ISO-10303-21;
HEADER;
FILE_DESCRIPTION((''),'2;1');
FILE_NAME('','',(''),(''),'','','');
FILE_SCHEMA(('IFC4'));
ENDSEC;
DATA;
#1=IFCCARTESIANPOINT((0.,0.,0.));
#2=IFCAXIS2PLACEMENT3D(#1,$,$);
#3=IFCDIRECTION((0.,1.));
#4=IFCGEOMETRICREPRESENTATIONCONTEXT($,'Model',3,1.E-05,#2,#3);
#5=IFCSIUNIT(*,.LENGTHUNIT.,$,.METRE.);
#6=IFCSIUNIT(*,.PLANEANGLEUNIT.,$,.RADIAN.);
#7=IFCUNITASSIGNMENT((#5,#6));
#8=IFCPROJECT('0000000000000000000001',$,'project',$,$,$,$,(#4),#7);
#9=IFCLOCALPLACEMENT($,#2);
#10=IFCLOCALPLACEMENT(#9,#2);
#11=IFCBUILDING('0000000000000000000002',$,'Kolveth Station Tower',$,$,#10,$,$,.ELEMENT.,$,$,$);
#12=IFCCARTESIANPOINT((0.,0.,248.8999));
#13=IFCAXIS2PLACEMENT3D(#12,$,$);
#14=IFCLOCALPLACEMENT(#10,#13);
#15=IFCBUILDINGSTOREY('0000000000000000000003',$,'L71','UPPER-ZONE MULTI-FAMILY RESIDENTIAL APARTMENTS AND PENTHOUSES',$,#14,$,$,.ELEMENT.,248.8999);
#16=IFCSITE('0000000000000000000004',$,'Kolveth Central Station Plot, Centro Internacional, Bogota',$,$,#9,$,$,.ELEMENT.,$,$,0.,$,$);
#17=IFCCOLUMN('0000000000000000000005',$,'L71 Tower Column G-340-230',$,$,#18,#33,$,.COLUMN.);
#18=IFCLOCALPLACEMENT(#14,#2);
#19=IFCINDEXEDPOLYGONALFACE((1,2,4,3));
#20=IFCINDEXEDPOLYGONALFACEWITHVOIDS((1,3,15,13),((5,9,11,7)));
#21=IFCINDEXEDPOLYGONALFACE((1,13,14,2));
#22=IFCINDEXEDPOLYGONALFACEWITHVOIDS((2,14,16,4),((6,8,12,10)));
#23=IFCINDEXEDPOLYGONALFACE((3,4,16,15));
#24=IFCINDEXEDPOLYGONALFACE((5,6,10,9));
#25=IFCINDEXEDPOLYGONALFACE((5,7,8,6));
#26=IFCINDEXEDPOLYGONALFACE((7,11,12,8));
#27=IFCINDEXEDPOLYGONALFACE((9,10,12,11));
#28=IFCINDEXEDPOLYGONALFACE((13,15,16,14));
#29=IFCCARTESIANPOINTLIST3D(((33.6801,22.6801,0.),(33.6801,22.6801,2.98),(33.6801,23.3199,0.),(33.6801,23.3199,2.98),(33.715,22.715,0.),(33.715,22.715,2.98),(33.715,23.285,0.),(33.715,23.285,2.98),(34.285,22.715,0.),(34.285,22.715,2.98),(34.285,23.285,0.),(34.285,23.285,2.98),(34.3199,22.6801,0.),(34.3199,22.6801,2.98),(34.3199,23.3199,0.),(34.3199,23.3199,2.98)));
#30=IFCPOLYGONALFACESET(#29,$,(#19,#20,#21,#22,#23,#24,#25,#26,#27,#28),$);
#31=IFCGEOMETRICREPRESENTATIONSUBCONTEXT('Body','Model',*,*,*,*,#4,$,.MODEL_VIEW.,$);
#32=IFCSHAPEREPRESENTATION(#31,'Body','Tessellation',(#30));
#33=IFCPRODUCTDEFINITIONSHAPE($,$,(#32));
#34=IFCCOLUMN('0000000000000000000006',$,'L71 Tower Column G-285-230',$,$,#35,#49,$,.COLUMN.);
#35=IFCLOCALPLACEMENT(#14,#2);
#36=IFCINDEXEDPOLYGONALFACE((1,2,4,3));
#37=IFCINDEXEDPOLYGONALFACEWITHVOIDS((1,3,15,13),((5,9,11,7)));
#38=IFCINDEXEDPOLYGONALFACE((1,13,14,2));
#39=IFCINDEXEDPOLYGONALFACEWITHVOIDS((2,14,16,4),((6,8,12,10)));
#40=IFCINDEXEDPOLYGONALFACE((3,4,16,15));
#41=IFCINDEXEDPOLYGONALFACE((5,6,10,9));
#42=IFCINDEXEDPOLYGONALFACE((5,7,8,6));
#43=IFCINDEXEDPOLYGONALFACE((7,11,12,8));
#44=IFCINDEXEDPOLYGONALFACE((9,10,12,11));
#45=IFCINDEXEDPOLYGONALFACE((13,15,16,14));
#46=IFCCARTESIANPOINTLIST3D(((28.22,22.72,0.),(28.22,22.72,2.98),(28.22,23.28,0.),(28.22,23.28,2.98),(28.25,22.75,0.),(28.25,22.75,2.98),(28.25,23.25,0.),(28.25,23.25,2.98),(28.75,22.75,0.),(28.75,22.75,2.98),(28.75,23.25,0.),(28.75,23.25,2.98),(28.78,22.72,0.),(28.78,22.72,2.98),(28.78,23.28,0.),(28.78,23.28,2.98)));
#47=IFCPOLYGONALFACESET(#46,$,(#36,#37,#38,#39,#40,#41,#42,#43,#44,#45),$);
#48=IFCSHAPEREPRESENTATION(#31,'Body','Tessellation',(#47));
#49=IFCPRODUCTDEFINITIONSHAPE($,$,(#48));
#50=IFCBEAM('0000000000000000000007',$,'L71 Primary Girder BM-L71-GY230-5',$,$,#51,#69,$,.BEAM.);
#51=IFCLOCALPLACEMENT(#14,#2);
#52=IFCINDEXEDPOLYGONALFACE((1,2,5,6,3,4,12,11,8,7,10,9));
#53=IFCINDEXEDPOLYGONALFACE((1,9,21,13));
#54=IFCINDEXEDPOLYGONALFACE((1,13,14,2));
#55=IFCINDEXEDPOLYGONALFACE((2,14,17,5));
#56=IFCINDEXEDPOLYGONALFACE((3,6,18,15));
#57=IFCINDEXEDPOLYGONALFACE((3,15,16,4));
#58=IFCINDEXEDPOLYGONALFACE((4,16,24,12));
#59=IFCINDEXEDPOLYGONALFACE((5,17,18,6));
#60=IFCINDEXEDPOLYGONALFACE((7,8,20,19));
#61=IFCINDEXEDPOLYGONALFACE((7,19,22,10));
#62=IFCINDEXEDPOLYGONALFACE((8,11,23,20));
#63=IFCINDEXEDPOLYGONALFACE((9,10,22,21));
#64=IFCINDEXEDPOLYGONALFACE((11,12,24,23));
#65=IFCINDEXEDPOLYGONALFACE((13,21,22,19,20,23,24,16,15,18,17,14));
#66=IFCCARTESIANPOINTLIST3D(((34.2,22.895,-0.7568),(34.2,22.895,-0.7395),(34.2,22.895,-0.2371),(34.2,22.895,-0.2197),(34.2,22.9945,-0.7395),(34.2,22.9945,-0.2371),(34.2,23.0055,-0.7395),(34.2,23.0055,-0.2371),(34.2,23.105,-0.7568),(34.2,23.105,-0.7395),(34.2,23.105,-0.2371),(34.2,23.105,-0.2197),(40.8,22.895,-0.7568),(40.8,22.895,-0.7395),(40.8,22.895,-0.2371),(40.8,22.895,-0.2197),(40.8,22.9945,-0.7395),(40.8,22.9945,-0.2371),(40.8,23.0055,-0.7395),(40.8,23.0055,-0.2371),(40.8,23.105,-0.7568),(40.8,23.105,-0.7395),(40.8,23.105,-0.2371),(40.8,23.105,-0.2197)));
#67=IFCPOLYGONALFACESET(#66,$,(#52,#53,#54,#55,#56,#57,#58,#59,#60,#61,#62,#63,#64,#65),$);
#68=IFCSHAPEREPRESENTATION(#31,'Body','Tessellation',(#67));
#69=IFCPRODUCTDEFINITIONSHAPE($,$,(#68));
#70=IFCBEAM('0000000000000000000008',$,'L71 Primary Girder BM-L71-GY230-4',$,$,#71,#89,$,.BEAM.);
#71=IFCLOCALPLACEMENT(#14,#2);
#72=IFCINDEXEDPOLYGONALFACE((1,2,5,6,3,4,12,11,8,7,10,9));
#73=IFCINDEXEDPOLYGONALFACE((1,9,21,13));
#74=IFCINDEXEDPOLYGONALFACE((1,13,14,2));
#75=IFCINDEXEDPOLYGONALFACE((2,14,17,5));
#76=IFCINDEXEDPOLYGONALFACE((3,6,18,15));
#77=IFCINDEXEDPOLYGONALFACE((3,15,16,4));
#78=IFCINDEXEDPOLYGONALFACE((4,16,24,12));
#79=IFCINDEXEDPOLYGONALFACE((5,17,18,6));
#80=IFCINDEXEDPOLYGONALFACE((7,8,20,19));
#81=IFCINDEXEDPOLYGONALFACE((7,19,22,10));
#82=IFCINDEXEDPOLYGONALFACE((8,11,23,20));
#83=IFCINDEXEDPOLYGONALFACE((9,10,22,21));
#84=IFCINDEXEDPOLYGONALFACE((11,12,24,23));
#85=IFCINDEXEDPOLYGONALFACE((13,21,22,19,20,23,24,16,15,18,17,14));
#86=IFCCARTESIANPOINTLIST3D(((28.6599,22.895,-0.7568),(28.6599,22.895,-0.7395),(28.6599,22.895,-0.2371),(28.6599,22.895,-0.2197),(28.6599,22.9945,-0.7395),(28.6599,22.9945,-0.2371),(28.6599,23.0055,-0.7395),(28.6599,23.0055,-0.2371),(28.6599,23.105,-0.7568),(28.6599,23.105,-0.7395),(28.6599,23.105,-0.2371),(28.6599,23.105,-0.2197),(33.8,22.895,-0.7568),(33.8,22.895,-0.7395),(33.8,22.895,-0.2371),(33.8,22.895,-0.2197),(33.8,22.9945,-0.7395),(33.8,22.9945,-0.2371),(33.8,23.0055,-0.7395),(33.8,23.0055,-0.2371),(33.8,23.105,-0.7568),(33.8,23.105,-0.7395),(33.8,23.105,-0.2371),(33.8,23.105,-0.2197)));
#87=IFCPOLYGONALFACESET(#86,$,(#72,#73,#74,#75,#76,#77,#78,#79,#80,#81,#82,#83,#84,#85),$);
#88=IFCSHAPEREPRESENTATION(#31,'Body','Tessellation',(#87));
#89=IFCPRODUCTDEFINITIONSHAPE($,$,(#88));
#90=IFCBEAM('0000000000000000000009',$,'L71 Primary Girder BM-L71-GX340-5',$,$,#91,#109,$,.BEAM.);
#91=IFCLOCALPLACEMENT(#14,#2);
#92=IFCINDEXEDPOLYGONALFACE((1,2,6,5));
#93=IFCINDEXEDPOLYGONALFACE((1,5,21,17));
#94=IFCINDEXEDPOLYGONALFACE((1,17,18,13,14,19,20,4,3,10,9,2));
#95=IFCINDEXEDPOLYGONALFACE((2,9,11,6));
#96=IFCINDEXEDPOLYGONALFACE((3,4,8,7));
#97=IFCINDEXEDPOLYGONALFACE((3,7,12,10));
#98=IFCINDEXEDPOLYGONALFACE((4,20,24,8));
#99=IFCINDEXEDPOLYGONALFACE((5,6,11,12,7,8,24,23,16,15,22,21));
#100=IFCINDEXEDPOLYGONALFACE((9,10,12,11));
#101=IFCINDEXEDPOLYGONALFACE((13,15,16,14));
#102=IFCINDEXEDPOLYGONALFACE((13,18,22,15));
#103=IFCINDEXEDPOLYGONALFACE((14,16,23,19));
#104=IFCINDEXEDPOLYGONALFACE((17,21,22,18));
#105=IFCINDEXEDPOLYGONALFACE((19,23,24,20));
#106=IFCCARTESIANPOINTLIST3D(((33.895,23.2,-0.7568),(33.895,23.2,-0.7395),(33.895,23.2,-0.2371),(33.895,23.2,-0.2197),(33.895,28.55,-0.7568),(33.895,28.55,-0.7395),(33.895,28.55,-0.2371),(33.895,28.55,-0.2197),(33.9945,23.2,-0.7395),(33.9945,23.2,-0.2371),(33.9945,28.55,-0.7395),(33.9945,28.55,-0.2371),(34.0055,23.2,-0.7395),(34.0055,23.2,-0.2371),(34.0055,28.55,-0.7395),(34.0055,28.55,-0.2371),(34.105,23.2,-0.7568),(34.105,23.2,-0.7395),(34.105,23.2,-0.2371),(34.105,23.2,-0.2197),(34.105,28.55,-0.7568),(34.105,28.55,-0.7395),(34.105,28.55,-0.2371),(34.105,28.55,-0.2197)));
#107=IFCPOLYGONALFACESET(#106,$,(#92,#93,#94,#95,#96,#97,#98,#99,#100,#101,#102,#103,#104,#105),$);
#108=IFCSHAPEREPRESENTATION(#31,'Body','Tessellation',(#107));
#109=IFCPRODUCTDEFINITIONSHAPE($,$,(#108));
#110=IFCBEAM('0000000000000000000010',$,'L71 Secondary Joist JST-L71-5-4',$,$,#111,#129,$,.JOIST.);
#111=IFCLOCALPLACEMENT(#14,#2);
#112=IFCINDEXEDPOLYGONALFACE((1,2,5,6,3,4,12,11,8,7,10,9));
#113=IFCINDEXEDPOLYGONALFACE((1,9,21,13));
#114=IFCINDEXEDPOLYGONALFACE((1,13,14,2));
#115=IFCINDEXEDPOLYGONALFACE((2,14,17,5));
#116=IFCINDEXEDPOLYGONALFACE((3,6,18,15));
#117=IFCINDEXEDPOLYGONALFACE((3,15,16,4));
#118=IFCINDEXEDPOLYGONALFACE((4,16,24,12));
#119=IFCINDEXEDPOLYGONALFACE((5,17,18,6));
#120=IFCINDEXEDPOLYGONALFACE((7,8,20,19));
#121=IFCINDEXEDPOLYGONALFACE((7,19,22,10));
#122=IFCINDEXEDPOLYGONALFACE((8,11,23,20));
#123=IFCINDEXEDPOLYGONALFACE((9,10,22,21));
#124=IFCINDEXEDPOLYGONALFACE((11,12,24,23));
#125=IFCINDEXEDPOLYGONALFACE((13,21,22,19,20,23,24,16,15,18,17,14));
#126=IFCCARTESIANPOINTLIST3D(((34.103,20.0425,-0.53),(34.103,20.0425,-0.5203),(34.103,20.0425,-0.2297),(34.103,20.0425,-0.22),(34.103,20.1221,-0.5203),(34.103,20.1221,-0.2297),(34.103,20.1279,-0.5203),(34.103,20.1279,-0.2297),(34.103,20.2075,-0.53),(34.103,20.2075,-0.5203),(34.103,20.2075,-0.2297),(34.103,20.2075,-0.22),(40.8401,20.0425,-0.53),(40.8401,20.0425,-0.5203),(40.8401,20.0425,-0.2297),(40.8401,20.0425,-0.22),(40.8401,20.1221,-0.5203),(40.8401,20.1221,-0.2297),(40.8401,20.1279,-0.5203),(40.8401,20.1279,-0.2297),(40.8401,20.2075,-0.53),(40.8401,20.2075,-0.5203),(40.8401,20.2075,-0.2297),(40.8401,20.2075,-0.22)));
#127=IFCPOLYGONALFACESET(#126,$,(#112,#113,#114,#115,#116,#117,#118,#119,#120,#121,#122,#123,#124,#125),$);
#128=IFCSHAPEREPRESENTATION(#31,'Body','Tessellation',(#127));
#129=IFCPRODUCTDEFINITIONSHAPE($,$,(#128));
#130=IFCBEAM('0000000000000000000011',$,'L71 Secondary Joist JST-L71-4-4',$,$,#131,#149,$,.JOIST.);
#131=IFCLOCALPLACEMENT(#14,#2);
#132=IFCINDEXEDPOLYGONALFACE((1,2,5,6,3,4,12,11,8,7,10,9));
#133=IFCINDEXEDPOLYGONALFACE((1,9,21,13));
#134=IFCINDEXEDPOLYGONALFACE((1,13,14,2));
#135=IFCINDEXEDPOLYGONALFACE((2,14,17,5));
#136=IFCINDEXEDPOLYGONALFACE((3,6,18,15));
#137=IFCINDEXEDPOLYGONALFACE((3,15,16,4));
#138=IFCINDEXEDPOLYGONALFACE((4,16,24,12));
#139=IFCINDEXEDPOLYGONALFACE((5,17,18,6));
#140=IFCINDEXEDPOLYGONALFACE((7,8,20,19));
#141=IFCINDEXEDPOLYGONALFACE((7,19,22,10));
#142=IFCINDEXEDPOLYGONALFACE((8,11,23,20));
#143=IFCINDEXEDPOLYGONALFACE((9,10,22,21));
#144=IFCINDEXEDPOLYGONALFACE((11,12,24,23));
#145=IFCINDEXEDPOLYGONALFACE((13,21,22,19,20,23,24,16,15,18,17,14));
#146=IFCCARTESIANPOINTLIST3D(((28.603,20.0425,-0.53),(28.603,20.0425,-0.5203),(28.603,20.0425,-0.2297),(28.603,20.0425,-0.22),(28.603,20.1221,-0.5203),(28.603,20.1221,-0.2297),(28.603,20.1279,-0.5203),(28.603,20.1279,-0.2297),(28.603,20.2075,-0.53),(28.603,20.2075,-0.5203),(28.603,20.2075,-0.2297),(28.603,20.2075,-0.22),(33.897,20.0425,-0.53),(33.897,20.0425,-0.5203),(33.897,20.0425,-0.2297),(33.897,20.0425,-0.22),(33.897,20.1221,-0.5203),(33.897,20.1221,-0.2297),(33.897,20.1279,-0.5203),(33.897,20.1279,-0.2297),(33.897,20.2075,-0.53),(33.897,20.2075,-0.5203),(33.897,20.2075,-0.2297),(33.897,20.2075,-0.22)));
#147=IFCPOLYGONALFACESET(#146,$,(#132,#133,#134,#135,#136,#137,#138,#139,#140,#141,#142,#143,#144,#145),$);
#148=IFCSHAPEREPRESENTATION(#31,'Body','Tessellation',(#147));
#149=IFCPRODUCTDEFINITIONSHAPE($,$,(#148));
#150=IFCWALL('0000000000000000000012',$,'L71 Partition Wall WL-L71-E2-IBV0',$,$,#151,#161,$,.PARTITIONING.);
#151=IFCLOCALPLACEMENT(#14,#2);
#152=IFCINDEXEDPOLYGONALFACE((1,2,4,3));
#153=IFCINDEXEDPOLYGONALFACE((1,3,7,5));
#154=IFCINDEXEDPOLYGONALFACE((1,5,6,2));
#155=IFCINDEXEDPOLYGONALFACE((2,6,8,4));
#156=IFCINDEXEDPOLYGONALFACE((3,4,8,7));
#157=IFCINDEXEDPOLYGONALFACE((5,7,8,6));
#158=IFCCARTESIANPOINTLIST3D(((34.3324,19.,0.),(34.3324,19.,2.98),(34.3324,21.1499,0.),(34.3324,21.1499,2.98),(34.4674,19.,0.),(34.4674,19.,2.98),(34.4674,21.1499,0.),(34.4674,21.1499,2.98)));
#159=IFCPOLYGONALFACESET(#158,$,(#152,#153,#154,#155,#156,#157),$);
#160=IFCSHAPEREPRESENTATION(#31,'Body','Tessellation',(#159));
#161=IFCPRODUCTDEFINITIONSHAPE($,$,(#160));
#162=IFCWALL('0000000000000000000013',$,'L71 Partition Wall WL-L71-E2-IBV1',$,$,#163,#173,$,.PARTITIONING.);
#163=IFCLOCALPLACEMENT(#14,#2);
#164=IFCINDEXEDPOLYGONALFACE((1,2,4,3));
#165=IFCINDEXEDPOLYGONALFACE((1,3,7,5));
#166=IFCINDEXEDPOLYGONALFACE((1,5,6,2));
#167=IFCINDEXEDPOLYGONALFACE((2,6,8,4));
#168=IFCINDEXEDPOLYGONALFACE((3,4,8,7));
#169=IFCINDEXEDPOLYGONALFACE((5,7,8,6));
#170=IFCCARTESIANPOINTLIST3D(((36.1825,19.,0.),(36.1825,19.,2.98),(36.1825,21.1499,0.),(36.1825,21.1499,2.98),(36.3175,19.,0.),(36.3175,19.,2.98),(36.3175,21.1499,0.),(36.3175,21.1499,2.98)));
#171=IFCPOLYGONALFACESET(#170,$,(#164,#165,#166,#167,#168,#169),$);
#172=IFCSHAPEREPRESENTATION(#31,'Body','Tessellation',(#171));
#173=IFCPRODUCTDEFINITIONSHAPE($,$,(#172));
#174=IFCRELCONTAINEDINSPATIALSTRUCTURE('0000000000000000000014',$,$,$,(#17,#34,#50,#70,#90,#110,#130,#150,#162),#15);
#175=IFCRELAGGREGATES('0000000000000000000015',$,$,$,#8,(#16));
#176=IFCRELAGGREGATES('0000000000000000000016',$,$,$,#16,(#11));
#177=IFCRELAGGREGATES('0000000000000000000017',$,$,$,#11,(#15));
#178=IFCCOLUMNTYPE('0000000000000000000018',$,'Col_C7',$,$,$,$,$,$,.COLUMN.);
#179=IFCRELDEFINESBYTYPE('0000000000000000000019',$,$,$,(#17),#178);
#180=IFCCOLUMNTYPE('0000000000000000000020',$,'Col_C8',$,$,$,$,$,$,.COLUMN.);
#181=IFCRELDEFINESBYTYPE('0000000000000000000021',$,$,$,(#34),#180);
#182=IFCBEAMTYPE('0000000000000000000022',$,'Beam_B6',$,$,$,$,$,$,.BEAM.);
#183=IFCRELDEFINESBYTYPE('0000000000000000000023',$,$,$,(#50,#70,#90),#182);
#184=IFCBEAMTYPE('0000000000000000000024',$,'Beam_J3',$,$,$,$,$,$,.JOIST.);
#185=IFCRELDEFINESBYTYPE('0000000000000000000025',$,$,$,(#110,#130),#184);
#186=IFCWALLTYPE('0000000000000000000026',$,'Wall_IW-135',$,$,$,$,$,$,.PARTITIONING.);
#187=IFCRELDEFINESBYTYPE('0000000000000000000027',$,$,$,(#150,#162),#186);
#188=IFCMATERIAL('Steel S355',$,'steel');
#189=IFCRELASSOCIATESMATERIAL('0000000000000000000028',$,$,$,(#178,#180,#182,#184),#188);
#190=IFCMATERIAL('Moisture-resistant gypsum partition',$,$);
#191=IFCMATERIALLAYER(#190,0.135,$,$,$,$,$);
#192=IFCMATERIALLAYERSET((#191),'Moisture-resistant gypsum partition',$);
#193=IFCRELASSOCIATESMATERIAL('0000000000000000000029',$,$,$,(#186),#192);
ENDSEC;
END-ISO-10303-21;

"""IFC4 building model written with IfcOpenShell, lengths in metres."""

from ifc_helpers import new_model, si_unit, direction, frame, frame_2d, origin, origin_2d, place, context, subcontext, project, spatial, rectangle, hollow_rectangle, i_section, extrude, source, transform, mapped, material, layer, layer_set, material_profile, profile_set, type_object, element, save


model = new_model("IFC4")

# Units and contexts
model_context = context("Model", 3, precision=1e-05, world=origin(), true_north=direction((0.0, 1.0)))
body_context = subcontext(model_context, "Body", "Model", "MODEL_VIEW")
ifc_project = project(units=[si_unit("LENGTHUNIT", "METRE"), si_unit("PLANEANGLEUNIT", "RADIAN")], contexts=[model_context])

# Site, building, storey
site_placement = place(None, origin())
site = spatial("IfcSite", under=ifc_project, at=site_placement, Name="Kolveth Central Station Plot, Centro Internacional, Bogota", CompositionType="ELEMENT", RefElevation=0.0)
building_placement = place(site_placement, origin())
building = spatial("IfcBuilding", under=site, at=building_placement, Name="Kolveth Station Tower", CompositionType="ELEMENT")
storey_placement = place(building_placement, frame((0.0, 0.0, 248.8999)))
storey = spatial("IfcBuildingStorey", under=building, at=storey_placement, Name="L71", Description="UPPER-ZONE MULTI-FAMILY RESIDENTIAL APARTMENTS AND PENTHOUSES", CompositionType="ELEMENT", Elevation=248.8999)

# Columns
ifc_material_1 = material(Name="Steel S355", Category="steel")
ifc_material_profile_1 = material_profile(ifc_material_1, hollow_rectangle(XDim=0.6399, YDim=0.6399, WallThickness=0.0349, at=origin_2d()), Name="BOX640x640x35")
ifc_profile_set_1 = profile_set([ifc_material_profile_1], Name="Steel S355")
column_type_1 = type_object("IfcColumnType", Name="Col_C7", PredefinedType="COLUMN", material=ifc_profile_set_1)
shared_shape_1 = source(origin(), body_context, "Body", "SweptSolid", [
    extrude(hollow_rectangle(XDim=0.6399, YDim=0.6399, WallThickness=0.0349, at=origin_2d()), origin(), (0.0, 0.0, 1.0), 2.98),
])
column_1_placement = place(storey_placement, frame((34.0, 23.0, 0.0), z_axis=(0.0, 0.0, 1.0), x_axis=(1.0, 0.0, 0.0)))
element("IfcColumn", 1, at=column_1_placement, inside=storey, type_object=column_type_1, Name="L71 Tower Column G-340-230", PredefinedType="COLUMN", context=body_context, shape_type="MappedRepresentation", body=[
    mapped(shared_shape_1, transform((0.0, 0.0, 0.0), x_axis=(1.0, 0.0, 0.0), y_axis=(0.0, 1.0, 0.0), z_axis=(0.0, 0.0, 1.0), scale=1.0)),
])
ifc_material_profile_2 = material_profile(ifc_material_1, hollow_rectangle(XDim=0.5601, YDim=0.5601, WallThickness=0.03, at=origin_2d()), Name="BOX560x560x30")
ifc_profile_set_2 = profile_set([ifc_material_profile_2], Name="Steel S355")
column_type_2 = type_object("IfcColumnType", Name="Col_C8", PredefinedType="COLUMN", material=ifc_profile_set_2)
shared_shape_2 = source(origin(), body_context, "Body", "SweptSolid", [
    extrude(hollow_rectangle(XDim=0.5601, YDim=0.5601, WallThickness=0.03, at=origin_2d()), origin(), (0.0, 0.0, 1.0), 2.98),
])
column_2_placement = place(storey_placement, frame((28.5, 23.0, 0.0), z_axis=(0.0, 0.0, 1.0), x_axis=(1.0, 0.0, 0.0)))
element("IfcColumn", 2, at=column_2_placement, inside=storey, type_object=column_type_2, Name="L71 Tower Column G-285-230", PredefinedType="COLUMN", context=body_context, shape_type="MappedRepresentation", body=[
    mapped(shared_shape_2, transform((0.0, 0.0, 0.0), x_axis=(1.0, 0.0, 0.0), y_axis=(0.0, 1.0, 0.0), z_axis=(0.0, 0.0, 1.0), scale=1.0)),
])

# Beams
ifc_material_profile_3 = material_profile(ifc_material_1, i_section(OverallWidth=0.21, OverallDepth=0.5371, WebThickness=0.011, FlangeThickness=0.0173, at=origin_2d()), Name="W530x101")
ifc_profile_set_3 = profile_set([ifc_material_profile_3], Name="Steel S355")
beam_type_1 = type_object("IfcBeamType", Name="Beam_B6", PredefinedType="BEAM", material=ifc_profile_set_3)
shared_shape_3 = source(origin(), body_context, "Body", "SweptSolid", [
    extrude(i_section(OverallWidth=0.21, OverallDepth=0.5371, WebThickness=0.011, FlangeThickness=0.0173, at=origin_2d()), origin(), (0.0, 0.0, 1.0), 6.6001),
])
beam_1_placement = place(storey_placement, frame((34.2, 23.0, -0.4883), z_axis=(1.0, 0.0, 0.0), x_axis=(0.0, 1.0, 0.0)))
element("IfcBeam", 3, at=beam_1_placement, inside=storey, type_object=beam_type_1, Name="L71 Primary Girder BM-L71-GY230-5", PredefinedType="BEAM", context=body_context, shape_type="MappedRepresentation", body=[
    mapped(shared_shape_3, transform((0.0, 0.0, 0.0), x_axis=(1.0, 0.0, 0.0), y_axis=(0.0, 1.0, 0.0), z_axis=(0.0, 0.0, 1.0), scale=1.0)),
])
shared_shape_4 = source(origin(), body_context, "Body", "SweptSolid", [
    extrude(i_section(OverallWidth=0.21, OverallDepth=0.5371, WebThickness=0.011, FlangeThickness=0.0173, at=origin_2d()), origin(), (0.0, 0.0, 1.0), 5.1401),
])
beam_2_placement = place(storey_placement, frame((28.6599, 23.0, -0.4883), z_axis=(1.0, 0.0, 0.0), x_axis=(0.0, 1.0, 0.0)))
element("IfcBeam", 4, at=beam_2_placement, inside=storey, type_object=beam_type_1, Name="L71 Primary Girder BM-L71-GY230-4", PredefinedType="BEAM", context=body_context, shape_type="MappedRepresentation", body=[
    mapped(shared_shape_4, transform((0.0, 0.0, 0.0), x_axis=(1.0, 0.0, 0.0), y_axis=(0.0, 1.0, 0.0), z_axis=(0.0, 0.0, 1.0), scale=1.0)),
])
shared_shape_5 = source(origin(), body_context, "Body", "SweptSolid", [
    extrude(i_section(OverallWidth=0.21, OverallDepth=0.5371, WebThickness=0.011, FlangeThickness=0.0173, at=origin_2d()), origin(), (0.0, 0.0, 1.0), 5.3501),
])
beam_3_placement = place(storey_placement, frame((34.0, 23.2, -0.4883), z_axis=(0.0, 1.0, 0.0), x_axis=(-1.0, 0.0, 0.0)))
element("IfcBeam", 5, at=beam_3_placement, inside=storey, type_object=beam_type_1, Name="L71 Primary Girder BM-L71-GX340-5", PredefinedType="BEAM", context=body_context, shape_type="MappedRepresentation", body=[
    mapped(shared_shape_5, transform((0.0, 0.0, 0.0), x_axis=(1.0, 0.0, 0.0), y_axis=(0.0, 1.0, 0.0), z_axis=(0.0, 0.0, 1.0), scale=1.0)),
])
ifc_material_profile_4 = material_profile(ifc_material_1, i_section(OverallWidth=0.165, OverallDepth=0.3101, WebThickness=0.0059, FlangeThickness=0.0098, at=origin_2d()), Name="W310x39")
ifc_profile_set_4 = profile_set([ifc_material_profile_4], Name="Steel S355")
beam_type_2 = type_object("IfcBeamType", Name="Beam_J3", PredefinedType="JOIST", material=ifc_profile_set_4)
shared_shape_6 = source(origin(), body_context, "Body", "SweptSolid", [
    extrude(i_section(OverallWidth=0.165, OverallDepth=0.3101, WebThickness=0.0059, FlangeThickness=0.0098, at=origin_2d()), origin(), (0.0, 0.0, 1.0), 6.7371),
])
beam_4_placement = place(storey_placement, frame((34.103, 20.125, -0.375), z_axis=(1.0, 0.0, 0.0), x_axis=(0.0, 1.0, 0.0)))
element("IfcBeam", 6, at=beam_4_placement, inside=storey, type_object=beam_type_2, Name="L71 Secondary Joist JST-L71-5-4", PredefinedType="JOIST", context=body_context, shape_type="MappedRepresentation", body=[
    mapped(shared_shape_6, transform((0.0, 0.0, 0.0), x_axis=(1.0, 0.0, 0.0), y_axis=(0.0, 1.0, 0.0), z_axis=(0.0, 0.0, 1.0), scale=1.0)),
])
shared_shape_7 = source(origin(), body_context, "Body", "SweptSolid", [
    extrude(i_section(OverallWidth=0.165, OverallDepth=0.3101, WebThickness=0.0059, FlangeThickness=0.0098, at=origin_2d()), origin(), (0.0, 0.0, 1.0), 5.2939),
])
beam_5_placement = place(storey_placement, frame((28.603, 20.125, -0.375), z_axis=(1.0, 0.0, 0.0), x_axis=(0.0, 1.0, 0.0)))
element("IfcBeam", 7, at=beam_5_placement, inside=storey, type_object=beam_type_2, Name="L71 Secondary Joist JST-L71-4-4", PredefinedType="JOIST", context=body_context, shape_type="MappedRepresentation", body=[
    mapped(shared_shape_7, transform((0.0, 0.0, 0.0), x_axis=(1.0, 0.0, 0.0), y_axis=(0.0, 1.0, 0.0), z_axis=(0.0, 0.0, 1.0), scale=1.0)),
])

# Shared definitions
ifc_material_2 = material(Name="Moisture-resistant gypsum partition")
ifc_layer_1 = layer(ifc_material_2, 0.135)
ifc_layer_set_1 = layer_set([ifc_layer_1], Name="Moisture-resistant gypsum partition")
wall_type_1 = type_object("IfcWallType", Name="Wall_IW-135", PredefinedType="PARTITIONING", material=ifc_layer_set_1)

# Walls
for number, where, z_axis, x_axis, name in (
    (8, (34.3999, 19.0, 0.0), (0.0, 0.0, 1.0), (0.0, 1.0, 0.0), "L71 Partition Wall WL-L71-E2-IBV0"),
    (9, (36.25, 19.0, 0.0), (0.0, 0.0, 1.0), (0.0, 1.0, 0.0), "L71 Partition Wall WL-L71-E2-IBV1"),
):
    element("IfcWall", number, at=place(storey_placement, frame(where, z_axis=z_axis, x_axis=x_axis)), inside=storey, type_object=wall_type_1, Name=name, PredefinedType="PARTITIONING", context=body_context, shape_type="SweptSolid", body=[
        extrude(rectangle(XDim=2.1499, YDim=0.135, at=frame_2d((1.075, 0.0))), origin(), (0.0, 0.0, 1.0), 2.98),
    ])

save(model, "model.ifc")
